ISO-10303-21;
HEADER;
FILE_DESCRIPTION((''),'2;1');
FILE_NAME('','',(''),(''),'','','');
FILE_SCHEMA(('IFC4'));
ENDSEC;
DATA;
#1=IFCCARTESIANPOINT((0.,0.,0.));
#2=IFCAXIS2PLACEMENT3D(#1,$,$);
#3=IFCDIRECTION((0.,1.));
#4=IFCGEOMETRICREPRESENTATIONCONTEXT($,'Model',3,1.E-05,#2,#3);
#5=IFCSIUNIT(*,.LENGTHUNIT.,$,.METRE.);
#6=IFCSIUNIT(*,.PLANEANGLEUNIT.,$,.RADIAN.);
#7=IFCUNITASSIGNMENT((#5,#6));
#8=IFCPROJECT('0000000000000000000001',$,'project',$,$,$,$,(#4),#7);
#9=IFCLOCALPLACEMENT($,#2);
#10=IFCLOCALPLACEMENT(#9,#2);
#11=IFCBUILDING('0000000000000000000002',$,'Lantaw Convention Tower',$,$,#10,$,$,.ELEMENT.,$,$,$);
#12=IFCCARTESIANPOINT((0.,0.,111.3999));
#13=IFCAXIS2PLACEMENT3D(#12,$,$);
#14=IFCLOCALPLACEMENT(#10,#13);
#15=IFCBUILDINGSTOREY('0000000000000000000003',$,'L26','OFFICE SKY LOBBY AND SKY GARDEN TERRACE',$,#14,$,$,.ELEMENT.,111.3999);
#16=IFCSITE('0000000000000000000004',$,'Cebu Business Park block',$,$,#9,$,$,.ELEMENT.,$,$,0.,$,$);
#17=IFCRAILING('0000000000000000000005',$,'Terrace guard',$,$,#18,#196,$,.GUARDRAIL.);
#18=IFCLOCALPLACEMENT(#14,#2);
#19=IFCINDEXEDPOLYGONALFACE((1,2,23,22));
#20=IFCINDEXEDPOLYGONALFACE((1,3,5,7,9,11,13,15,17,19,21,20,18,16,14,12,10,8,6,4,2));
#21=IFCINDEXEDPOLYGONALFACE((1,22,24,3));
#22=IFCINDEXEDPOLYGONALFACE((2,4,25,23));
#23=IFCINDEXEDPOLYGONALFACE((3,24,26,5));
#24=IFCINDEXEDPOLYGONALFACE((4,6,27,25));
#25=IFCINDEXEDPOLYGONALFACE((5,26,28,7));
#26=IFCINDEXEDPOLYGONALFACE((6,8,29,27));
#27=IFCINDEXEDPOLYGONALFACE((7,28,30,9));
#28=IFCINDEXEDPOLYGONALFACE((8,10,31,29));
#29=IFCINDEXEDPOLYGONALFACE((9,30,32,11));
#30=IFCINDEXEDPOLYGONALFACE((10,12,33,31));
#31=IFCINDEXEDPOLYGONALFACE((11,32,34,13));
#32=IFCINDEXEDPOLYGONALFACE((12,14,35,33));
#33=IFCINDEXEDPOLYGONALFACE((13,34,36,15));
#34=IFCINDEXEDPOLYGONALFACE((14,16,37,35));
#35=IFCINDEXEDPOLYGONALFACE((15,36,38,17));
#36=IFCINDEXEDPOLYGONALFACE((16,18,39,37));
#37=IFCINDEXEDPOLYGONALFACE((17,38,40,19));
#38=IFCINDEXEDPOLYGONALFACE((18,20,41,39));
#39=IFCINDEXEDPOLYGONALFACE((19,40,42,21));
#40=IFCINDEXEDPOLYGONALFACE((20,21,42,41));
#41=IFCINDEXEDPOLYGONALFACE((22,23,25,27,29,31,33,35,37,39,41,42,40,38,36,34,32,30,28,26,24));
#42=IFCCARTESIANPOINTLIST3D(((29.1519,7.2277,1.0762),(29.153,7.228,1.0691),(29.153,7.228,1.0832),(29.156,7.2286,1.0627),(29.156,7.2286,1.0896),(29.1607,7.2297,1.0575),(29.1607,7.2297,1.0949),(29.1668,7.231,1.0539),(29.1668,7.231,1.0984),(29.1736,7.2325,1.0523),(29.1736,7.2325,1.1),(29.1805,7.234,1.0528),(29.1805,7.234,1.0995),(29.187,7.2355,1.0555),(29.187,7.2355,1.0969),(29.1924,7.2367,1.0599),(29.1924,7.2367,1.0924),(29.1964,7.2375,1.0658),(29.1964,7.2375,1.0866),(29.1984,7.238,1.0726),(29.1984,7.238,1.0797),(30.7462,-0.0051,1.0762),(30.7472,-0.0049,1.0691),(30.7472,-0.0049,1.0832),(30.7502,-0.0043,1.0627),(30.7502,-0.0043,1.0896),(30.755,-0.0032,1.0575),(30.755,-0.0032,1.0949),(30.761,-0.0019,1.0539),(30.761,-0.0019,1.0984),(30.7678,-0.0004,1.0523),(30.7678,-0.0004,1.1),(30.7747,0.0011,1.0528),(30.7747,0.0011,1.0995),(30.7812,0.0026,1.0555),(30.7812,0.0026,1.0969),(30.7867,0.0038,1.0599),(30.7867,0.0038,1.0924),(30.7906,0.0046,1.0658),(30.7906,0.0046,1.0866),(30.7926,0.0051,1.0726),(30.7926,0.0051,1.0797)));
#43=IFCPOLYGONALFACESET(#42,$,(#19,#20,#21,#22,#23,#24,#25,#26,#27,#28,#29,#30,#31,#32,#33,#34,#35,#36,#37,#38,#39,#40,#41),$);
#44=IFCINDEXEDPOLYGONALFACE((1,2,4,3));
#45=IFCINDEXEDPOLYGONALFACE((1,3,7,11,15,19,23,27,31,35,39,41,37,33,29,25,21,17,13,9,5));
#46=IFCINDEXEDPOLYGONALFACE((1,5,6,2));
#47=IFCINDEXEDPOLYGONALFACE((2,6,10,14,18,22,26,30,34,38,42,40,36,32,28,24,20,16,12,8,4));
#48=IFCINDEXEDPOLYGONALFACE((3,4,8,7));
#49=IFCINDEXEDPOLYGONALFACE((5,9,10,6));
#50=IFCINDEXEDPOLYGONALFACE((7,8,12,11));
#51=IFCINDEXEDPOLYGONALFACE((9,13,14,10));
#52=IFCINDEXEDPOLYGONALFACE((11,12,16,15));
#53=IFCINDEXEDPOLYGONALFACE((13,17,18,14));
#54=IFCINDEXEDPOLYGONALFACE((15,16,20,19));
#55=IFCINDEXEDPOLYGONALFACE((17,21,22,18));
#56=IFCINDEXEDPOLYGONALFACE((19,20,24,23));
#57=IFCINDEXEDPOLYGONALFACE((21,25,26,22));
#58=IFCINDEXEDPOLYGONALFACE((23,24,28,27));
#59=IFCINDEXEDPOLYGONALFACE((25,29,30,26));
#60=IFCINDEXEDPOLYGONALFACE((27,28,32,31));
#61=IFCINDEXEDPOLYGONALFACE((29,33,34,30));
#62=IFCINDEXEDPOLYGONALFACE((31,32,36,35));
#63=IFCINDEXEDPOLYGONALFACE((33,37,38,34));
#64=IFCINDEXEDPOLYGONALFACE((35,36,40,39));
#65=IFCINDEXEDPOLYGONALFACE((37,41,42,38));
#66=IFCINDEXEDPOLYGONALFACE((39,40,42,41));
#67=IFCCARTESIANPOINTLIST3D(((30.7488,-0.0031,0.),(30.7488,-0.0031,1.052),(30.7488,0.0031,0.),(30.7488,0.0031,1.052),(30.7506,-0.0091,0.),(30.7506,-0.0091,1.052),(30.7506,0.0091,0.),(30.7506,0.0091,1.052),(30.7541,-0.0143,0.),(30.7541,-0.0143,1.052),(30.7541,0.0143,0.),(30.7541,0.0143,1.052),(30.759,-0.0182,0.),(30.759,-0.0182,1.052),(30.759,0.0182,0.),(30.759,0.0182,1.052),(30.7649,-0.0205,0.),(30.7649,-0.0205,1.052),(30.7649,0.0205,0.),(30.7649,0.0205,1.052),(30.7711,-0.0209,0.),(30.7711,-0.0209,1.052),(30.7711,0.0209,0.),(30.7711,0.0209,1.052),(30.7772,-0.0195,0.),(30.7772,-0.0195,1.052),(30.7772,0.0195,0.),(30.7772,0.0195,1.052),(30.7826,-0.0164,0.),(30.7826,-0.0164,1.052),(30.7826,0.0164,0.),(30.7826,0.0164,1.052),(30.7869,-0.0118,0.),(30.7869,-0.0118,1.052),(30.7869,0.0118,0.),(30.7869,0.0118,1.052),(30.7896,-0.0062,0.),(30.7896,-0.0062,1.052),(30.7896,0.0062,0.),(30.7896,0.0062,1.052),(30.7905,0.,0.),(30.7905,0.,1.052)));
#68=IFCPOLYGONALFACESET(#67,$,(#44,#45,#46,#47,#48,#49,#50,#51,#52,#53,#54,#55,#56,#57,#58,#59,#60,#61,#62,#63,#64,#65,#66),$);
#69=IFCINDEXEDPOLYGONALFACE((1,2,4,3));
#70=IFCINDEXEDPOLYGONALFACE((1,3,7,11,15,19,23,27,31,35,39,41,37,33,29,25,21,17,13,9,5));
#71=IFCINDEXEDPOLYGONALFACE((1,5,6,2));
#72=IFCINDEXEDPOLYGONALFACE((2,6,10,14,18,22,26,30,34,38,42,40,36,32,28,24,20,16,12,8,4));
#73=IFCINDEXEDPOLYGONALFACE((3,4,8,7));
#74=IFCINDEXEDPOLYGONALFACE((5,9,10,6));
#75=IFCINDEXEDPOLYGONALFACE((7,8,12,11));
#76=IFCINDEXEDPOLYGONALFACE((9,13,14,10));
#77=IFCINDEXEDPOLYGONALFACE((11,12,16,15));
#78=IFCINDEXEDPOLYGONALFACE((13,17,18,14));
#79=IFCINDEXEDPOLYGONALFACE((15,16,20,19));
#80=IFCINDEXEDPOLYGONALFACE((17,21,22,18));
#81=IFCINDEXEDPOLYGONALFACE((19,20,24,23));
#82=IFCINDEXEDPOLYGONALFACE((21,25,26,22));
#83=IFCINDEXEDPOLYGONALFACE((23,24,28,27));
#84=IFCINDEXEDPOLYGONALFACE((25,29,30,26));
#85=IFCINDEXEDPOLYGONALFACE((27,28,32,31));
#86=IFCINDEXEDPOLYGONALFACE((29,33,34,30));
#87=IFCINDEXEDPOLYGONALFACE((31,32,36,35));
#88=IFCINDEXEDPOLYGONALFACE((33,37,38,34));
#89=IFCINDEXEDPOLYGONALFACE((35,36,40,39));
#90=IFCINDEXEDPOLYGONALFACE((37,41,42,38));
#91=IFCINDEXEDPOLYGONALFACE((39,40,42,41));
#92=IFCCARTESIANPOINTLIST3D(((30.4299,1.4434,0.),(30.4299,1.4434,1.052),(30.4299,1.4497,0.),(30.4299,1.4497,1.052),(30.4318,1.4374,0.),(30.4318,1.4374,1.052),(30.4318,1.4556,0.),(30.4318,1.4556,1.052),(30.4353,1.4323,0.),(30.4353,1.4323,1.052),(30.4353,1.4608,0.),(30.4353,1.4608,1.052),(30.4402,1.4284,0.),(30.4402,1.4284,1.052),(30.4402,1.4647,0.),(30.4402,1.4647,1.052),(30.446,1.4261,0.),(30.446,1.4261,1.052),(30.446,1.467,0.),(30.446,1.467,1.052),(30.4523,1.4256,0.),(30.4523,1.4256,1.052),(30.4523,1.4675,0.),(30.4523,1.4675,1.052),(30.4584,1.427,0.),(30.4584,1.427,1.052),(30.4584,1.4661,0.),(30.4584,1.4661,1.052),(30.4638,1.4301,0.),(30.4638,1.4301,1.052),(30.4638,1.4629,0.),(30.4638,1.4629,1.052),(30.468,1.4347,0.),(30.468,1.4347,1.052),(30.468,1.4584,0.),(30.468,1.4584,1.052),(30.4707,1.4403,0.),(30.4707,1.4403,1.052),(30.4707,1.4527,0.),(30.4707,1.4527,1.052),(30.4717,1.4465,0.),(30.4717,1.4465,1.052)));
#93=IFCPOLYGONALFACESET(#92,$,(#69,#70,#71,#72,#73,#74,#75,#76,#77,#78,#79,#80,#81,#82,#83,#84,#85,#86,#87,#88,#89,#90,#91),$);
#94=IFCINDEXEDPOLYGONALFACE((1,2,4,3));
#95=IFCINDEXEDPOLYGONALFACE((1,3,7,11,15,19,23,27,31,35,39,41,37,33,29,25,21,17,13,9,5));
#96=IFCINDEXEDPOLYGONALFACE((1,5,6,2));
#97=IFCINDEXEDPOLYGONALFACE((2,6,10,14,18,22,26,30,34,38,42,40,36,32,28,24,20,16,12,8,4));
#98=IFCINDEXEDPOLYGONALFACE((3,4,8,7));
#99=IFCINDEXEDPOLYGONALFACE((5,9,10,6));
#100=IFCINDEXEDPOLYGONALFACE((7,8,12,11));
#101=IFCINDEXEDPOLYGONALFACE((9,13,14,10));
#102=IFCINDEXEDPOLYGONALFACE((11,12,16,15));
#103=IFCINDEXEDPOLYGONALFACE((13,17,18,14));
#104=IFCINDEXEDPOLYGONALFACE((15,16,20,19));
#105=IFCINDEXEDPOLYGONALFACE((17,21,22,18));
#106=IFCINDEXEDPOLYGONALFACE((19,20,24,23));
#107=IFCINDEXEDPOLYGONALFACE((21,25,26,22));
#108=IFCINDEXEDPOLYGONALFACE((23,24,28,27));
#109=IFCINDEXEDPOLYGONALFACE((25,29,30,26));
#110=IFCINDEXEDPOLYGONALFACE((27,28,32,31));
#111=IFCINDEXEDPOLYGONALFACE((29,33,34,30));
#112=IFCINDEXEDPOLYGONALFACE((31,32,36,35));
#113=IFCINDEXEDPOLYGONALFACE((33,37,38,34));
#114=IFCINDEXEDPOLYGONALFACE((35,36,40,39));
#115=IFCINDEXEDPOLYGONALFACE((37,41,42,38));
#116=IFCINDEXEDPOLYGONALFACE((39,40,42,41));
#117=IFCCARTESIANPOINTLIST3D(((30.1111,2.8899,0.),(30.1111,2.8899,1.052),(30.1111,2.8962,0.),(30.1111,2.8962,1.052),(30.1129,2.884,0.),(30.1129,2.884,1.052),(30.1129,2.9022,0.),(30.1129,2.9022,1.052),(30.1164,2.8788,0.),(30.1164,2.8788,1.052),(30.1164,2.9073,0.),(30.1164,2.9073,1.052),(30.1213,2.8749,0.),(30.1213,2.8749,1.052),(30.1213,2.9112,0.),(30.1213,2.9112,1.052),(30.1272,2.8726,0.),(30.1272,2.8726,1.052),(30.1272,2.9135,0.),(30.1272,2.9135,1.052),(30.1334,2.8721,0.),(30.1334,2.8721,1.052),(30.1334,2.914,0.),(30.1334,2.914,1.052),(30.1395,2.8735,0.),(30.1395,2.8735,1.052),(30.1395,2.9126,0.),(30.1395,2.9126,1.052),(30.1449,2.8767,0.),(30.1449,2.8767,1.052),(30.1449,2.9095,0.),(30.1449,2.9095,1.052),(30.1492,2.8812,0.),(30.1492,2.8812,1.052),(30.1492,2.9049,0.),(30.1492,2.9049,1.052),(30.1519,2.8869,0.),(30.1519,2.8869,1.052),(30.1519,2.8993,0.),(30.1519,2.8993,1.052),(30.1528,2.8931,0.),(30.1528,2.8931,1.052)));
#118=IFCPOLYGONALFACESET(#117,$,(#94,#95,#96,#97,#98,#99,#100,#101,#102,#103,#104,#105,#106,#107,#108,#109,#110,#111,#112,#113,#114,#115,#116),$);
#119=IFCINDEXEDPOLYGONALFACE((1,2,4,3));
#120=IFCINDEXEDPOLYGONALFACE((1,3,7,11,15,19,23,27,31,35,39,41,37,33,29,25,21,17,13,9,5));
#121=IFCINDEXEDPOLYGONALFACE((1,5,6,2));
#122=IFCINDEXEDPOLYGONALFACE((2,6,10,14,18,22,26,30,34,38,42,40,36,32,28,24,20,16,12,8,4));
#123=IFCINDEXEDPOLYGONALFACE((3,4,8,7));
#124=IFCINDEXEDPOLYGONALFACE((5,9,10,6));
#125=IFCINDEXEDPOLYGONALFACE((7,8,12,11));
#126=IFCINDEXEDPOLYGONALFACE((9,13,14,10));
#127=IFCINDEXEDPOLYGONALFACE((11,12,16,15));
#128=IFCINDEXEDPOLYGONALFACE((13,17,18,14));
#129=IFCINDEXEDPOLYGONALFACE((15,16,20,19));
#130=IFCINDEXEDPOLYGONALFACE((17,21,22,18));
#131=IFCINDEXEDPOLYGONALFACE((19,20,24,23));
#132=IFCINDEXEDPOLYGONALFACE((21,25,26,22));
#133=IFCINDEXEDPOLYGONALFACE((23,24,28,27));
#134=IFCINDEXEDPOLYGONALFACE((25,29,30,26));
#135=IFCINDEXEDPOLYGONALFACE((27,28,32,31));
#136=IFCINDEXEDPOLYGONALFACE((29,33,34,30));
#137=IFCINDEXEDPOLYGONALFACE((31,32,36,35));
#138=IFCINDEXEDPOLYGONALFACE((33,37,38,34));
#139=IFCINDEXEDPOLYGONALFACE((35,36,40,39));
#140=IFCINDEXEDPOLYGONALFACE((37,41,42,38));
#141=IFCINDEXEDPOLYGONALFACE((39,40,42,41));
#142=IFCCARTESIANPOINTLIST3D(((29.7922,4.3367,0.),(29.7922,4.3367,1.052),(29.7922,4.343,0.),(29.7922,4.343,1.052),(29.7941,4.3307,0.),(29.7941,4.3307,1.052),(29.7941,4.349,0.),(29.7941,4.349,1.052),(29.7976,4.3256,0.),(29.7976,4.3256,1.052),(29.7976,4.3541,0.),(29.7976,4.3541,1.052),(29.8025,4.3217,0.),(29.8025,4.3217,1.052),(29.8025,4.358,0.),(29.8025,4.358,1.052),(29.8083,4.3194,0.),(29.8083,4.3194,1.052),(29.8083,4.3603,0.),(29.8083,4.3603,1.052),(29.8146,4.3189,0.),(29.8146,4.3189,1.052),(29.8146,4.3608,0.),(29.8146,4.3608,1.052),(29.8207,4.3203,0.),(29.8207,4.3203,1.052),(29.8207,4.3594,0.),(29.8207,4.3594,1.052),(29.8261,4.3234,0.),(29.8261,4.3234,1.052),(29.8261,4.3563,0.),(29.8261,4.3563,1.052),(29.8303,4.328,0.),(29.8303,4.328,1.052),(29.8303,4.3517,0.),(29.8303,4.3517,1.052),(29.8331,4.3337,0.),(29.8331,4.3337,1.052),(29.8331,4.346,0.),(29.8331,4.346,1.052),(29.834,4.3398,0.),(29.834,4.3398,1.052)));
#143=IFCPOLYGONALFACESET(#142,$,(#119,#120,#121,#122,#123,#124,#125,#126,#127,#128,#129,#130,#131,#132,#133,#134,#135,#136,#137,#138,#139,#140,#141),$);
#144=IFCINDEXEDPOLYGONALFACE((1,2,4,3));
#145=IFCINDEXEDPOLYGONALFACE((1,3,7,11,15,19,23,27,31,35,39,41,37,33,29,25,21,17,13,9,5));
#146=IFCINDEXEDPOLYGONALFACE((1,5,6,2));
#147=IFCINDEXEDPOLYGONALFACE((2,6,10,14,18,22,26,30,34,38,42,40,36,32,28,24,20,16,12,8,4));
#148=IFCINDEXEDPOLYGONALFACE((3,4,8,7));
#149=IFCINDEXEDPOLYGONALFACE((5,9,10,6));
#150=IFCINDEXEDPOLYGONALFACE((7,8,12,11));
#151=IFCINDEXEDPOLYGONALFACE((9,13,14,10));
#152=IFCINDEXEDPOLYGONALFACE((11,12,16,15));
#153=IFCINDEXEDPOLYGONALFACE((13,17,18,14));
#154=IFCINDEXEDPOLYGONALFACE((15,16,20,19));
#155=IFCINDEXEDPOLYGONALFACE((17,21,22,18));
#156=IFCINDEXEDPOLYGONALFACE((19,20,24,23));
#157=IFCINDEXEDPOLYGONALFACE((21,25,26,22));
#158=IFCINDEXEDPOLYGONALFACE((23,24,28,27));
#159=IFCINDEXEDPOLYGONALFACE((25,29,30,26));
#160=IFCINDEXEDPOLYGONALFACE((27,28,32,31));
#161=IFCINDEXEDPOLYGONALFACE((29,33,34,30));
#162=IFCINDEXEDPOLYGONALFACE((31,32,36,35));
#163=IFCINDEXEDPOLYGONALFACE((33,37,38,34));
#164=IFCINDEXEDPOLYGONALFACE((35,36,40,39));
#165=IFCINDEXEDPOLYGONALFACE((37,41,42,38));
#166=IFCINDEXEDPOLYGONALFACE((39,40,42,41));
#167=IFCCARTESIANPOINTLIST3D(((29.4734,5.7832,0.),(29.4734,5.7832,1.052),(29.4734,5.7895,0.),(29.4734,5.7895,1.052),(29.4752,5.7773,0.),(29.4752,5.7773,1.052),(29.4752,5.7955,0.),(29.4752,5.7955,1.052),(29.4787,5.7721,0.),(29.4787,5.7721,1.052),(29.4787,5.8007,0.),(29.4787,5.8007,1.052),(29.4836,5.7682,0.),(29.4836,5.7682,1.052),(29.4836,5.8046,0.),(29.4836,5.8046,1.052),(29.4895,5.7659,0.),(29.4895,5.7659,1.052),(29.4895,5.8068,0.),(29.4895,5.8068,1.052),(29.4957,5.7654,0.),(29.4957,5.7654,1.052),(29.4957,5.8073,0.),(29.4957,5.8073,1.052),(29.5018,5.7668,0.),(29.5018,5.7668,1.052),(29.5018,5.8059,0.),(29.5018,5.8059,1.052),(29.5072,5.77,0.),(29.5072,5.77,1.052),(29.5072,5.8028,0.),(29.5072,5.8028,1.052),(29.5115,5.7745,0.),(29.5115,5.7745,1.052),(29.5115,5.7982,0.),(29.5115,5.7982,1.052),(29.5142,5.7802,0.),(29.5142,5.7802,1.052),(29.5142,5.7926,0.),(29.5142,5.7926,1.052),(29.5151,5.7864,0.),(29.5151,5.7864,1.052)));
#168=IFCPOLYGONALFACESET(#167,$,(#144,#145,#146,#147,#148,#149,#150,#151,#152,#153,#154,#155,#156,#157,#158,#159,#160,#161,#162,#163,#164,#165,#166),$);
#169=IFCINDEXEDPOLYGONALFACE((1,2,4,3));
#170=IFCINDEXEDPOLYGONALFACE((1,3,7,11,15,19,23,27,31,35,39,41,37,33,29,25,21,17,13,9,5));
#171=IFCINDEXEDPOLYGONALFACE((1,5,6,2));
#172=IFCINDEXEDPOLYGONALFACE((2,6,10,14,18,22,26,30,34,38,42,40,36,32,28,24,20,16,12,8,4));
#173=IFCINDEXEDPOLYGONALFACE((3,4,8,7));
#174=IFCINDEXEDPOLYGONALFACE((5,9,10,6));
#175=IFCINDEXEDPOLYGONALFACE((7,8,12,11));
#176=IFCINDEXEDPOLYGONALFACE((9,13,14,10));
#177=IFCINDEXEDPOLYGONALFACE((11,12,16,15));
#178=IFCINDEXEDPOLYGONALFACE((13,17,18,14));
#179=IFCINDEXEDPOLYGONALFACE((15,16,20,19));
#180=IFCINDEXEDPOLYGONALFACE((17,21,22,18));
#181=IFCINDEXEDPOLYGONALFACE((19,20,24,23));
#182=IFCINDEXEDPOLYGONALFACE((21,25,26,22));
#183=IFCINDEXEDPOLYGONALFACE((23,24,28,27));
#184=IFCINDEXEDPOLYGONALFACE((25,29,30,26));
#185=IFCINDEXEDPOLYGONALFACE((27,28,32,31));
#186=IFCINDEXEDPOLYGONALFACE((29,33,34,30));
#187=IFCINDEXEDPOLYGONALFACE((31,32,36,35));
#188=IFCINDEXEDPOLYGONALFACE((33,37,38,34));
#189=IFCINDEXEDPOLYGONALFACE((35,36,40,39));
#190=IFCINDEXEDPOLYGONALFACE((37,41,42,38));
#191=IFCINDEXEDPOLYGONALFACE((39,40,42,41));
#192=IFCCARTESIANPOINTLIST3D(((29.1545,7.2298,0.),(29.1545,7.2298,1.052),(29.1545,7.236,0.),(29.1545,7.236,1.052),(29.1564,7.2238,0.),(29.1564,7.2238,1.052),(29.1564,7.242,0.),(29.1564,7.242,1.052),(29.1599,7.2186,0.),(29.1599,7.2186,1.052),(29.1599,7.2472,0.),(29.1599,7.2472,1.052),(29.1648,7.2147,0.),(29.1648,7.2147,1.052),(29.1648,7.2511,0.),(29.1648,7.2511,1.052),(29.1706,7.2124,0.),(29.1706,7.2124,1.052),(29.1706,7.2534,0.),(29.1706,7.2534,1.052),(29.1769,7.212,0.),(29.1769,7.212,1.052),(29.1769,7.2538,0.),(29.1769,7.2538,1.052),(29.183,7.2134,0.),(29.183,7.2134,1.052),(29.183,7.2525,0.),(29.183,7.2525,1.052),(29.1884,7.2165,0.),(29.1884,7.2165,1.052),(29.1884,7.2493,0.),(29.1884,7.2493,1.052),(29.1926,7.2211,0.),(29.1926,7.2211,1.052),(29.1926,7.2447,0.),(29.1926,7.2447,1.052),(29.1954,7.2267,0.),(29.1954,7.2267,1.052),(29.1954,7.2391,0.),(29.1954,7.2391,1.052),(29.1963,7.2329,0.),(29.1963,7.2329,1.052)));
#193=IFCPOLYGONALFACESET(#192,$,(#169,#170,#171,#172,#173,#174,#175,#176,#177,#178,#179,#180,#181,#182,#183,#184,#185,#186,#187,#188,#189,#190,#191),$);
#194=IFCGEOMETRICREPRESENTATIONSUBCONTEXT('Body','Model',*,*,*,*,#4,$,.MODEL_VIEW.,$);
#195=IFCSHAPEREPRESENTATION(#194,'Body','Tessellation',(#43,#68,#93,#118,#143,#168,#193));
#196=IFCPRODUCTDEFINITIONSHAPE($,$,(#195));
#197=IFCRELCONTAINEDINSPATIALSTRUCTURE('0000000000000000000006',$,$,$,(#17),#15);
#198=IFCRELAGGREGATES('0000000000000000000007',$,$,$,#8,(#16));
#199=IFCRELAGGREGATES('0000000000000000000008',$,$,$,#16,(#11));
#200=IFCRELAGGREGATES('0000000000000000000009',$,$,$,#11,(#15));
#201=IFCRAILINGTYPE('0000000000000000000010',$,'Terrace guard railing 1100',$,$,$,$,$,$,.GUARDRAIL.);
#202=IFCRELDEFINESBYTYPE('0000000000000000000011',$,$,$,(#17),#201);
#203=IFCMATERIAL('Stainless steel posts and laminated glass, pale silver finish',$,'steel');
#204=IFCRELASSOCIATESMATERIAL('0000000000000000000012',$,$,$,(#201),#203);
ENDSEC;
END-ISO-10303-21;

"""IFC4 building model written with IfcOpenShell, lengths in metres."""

from ifc_helpers import new_model, si_unit, direction, frame, origin, origin_2d, place, context, subcontext, project, spatial, circle, extrude, material, type_object, element, save


model = new_model("IFC4")

# Units and contexts
model_context = context("Model", 3, precision=1e-05, world=origin(), true_north=direction((0.0, 1.0)))
body_context = subcontext(model_context, "Body", "Model", "MODEL_VIEW")
ifc_project = project(units=[si_unit("LENGTHUNIT", "METRE"), si_unit("PLANEANGLEUNIT", "RADIAN")], contexts=[model_context])

# Site, building, storey
site_placement = place(None, origin())
site = spatial("IfcSite", under=ifc_project, at=site_placement, Name="Cebu Business Park block", CompositionType="ELEMENT", RefElevation=0.0)
building_placement = place(site_placement, origin())
building = spatial("IfcBuilding", under=site, at=building_placement, Name="Lantaw Convention Tower", CompositionType="ELEMENT")
storey_placement = place(building_placement, frame((0.0, 0.0, 111.3999)))
storey = spatial("IfcBuildingStorey", under=building, at=storey_placement, Name="L26", Description="OFFICE SKY LOBBY AND SKY GARDEN TERRACE", CompositionType="ELEMENT", Elevation=111.3999)

# Railing
ifc_material_1 = material(Name="Stainless steel posts and laminated glass, pale silver finish", Category="steel")
railing_type = type_object("IfcRailingType", Name="Terrace guard railing 1100", PredefinedType="GUARDRAIL", material=ifc_material_1)
railing_1_placement = place(storey_placement, frame((30.7695, 0.0, 0.0)))
element("IfcRailing", 1, at=railing_1_placement, inside=storey, type_object=railing_type, Name="Terrace guard", PredefinedType="GUARDRAIL", context=body_context, shape_type="SweptSolid", body=[
    extrude(circle(Radius=0.0239, at=origin_2d()), frame((0.0, 0.0, 1.0762), z_axis=(-0.215248, 0.976559, 0.0), x_axis=(-0.976559, -0.215248, 0.0)), (0.0, 0.0, 1.0), 7.4065),
    extrude(circle(Radius=0.021, at=origin_2d()), origin(), (0.0, 0.0, 1.0), 1.052),
    extrude(circle(Radius=0.021, at=origin_2d()), frame((-0.3188, 1.4465, 0.0)), (0.0, 0.0, 1.0), 1.052),
    extrude(circle(Radius=0.021, at=origin_2d()), frame((-0.6377, 2.8931, 0.0)), (0.0, 0.0, 1.0), 1.052),
    extrude(circle(Radius=0.021, at=origin_2d()), frame((-0.9565, 4.3398, 0.0)), (0.0, 0.0, 1.0), 1.052),
    extrude(circle(Radius=0.021, at=origin_2d()), frame((-1.2754, 5.7864, 0.0)), (0.0, 0.0, 1.0), 1.052),
    extrude(circle(Radius=0.021, at=origin_2d()), frame((-1.5942, 7.2329, 0.0)), (0.0, 0.0, 1.0), 1.052),
])

save(model, "model.ifc")
